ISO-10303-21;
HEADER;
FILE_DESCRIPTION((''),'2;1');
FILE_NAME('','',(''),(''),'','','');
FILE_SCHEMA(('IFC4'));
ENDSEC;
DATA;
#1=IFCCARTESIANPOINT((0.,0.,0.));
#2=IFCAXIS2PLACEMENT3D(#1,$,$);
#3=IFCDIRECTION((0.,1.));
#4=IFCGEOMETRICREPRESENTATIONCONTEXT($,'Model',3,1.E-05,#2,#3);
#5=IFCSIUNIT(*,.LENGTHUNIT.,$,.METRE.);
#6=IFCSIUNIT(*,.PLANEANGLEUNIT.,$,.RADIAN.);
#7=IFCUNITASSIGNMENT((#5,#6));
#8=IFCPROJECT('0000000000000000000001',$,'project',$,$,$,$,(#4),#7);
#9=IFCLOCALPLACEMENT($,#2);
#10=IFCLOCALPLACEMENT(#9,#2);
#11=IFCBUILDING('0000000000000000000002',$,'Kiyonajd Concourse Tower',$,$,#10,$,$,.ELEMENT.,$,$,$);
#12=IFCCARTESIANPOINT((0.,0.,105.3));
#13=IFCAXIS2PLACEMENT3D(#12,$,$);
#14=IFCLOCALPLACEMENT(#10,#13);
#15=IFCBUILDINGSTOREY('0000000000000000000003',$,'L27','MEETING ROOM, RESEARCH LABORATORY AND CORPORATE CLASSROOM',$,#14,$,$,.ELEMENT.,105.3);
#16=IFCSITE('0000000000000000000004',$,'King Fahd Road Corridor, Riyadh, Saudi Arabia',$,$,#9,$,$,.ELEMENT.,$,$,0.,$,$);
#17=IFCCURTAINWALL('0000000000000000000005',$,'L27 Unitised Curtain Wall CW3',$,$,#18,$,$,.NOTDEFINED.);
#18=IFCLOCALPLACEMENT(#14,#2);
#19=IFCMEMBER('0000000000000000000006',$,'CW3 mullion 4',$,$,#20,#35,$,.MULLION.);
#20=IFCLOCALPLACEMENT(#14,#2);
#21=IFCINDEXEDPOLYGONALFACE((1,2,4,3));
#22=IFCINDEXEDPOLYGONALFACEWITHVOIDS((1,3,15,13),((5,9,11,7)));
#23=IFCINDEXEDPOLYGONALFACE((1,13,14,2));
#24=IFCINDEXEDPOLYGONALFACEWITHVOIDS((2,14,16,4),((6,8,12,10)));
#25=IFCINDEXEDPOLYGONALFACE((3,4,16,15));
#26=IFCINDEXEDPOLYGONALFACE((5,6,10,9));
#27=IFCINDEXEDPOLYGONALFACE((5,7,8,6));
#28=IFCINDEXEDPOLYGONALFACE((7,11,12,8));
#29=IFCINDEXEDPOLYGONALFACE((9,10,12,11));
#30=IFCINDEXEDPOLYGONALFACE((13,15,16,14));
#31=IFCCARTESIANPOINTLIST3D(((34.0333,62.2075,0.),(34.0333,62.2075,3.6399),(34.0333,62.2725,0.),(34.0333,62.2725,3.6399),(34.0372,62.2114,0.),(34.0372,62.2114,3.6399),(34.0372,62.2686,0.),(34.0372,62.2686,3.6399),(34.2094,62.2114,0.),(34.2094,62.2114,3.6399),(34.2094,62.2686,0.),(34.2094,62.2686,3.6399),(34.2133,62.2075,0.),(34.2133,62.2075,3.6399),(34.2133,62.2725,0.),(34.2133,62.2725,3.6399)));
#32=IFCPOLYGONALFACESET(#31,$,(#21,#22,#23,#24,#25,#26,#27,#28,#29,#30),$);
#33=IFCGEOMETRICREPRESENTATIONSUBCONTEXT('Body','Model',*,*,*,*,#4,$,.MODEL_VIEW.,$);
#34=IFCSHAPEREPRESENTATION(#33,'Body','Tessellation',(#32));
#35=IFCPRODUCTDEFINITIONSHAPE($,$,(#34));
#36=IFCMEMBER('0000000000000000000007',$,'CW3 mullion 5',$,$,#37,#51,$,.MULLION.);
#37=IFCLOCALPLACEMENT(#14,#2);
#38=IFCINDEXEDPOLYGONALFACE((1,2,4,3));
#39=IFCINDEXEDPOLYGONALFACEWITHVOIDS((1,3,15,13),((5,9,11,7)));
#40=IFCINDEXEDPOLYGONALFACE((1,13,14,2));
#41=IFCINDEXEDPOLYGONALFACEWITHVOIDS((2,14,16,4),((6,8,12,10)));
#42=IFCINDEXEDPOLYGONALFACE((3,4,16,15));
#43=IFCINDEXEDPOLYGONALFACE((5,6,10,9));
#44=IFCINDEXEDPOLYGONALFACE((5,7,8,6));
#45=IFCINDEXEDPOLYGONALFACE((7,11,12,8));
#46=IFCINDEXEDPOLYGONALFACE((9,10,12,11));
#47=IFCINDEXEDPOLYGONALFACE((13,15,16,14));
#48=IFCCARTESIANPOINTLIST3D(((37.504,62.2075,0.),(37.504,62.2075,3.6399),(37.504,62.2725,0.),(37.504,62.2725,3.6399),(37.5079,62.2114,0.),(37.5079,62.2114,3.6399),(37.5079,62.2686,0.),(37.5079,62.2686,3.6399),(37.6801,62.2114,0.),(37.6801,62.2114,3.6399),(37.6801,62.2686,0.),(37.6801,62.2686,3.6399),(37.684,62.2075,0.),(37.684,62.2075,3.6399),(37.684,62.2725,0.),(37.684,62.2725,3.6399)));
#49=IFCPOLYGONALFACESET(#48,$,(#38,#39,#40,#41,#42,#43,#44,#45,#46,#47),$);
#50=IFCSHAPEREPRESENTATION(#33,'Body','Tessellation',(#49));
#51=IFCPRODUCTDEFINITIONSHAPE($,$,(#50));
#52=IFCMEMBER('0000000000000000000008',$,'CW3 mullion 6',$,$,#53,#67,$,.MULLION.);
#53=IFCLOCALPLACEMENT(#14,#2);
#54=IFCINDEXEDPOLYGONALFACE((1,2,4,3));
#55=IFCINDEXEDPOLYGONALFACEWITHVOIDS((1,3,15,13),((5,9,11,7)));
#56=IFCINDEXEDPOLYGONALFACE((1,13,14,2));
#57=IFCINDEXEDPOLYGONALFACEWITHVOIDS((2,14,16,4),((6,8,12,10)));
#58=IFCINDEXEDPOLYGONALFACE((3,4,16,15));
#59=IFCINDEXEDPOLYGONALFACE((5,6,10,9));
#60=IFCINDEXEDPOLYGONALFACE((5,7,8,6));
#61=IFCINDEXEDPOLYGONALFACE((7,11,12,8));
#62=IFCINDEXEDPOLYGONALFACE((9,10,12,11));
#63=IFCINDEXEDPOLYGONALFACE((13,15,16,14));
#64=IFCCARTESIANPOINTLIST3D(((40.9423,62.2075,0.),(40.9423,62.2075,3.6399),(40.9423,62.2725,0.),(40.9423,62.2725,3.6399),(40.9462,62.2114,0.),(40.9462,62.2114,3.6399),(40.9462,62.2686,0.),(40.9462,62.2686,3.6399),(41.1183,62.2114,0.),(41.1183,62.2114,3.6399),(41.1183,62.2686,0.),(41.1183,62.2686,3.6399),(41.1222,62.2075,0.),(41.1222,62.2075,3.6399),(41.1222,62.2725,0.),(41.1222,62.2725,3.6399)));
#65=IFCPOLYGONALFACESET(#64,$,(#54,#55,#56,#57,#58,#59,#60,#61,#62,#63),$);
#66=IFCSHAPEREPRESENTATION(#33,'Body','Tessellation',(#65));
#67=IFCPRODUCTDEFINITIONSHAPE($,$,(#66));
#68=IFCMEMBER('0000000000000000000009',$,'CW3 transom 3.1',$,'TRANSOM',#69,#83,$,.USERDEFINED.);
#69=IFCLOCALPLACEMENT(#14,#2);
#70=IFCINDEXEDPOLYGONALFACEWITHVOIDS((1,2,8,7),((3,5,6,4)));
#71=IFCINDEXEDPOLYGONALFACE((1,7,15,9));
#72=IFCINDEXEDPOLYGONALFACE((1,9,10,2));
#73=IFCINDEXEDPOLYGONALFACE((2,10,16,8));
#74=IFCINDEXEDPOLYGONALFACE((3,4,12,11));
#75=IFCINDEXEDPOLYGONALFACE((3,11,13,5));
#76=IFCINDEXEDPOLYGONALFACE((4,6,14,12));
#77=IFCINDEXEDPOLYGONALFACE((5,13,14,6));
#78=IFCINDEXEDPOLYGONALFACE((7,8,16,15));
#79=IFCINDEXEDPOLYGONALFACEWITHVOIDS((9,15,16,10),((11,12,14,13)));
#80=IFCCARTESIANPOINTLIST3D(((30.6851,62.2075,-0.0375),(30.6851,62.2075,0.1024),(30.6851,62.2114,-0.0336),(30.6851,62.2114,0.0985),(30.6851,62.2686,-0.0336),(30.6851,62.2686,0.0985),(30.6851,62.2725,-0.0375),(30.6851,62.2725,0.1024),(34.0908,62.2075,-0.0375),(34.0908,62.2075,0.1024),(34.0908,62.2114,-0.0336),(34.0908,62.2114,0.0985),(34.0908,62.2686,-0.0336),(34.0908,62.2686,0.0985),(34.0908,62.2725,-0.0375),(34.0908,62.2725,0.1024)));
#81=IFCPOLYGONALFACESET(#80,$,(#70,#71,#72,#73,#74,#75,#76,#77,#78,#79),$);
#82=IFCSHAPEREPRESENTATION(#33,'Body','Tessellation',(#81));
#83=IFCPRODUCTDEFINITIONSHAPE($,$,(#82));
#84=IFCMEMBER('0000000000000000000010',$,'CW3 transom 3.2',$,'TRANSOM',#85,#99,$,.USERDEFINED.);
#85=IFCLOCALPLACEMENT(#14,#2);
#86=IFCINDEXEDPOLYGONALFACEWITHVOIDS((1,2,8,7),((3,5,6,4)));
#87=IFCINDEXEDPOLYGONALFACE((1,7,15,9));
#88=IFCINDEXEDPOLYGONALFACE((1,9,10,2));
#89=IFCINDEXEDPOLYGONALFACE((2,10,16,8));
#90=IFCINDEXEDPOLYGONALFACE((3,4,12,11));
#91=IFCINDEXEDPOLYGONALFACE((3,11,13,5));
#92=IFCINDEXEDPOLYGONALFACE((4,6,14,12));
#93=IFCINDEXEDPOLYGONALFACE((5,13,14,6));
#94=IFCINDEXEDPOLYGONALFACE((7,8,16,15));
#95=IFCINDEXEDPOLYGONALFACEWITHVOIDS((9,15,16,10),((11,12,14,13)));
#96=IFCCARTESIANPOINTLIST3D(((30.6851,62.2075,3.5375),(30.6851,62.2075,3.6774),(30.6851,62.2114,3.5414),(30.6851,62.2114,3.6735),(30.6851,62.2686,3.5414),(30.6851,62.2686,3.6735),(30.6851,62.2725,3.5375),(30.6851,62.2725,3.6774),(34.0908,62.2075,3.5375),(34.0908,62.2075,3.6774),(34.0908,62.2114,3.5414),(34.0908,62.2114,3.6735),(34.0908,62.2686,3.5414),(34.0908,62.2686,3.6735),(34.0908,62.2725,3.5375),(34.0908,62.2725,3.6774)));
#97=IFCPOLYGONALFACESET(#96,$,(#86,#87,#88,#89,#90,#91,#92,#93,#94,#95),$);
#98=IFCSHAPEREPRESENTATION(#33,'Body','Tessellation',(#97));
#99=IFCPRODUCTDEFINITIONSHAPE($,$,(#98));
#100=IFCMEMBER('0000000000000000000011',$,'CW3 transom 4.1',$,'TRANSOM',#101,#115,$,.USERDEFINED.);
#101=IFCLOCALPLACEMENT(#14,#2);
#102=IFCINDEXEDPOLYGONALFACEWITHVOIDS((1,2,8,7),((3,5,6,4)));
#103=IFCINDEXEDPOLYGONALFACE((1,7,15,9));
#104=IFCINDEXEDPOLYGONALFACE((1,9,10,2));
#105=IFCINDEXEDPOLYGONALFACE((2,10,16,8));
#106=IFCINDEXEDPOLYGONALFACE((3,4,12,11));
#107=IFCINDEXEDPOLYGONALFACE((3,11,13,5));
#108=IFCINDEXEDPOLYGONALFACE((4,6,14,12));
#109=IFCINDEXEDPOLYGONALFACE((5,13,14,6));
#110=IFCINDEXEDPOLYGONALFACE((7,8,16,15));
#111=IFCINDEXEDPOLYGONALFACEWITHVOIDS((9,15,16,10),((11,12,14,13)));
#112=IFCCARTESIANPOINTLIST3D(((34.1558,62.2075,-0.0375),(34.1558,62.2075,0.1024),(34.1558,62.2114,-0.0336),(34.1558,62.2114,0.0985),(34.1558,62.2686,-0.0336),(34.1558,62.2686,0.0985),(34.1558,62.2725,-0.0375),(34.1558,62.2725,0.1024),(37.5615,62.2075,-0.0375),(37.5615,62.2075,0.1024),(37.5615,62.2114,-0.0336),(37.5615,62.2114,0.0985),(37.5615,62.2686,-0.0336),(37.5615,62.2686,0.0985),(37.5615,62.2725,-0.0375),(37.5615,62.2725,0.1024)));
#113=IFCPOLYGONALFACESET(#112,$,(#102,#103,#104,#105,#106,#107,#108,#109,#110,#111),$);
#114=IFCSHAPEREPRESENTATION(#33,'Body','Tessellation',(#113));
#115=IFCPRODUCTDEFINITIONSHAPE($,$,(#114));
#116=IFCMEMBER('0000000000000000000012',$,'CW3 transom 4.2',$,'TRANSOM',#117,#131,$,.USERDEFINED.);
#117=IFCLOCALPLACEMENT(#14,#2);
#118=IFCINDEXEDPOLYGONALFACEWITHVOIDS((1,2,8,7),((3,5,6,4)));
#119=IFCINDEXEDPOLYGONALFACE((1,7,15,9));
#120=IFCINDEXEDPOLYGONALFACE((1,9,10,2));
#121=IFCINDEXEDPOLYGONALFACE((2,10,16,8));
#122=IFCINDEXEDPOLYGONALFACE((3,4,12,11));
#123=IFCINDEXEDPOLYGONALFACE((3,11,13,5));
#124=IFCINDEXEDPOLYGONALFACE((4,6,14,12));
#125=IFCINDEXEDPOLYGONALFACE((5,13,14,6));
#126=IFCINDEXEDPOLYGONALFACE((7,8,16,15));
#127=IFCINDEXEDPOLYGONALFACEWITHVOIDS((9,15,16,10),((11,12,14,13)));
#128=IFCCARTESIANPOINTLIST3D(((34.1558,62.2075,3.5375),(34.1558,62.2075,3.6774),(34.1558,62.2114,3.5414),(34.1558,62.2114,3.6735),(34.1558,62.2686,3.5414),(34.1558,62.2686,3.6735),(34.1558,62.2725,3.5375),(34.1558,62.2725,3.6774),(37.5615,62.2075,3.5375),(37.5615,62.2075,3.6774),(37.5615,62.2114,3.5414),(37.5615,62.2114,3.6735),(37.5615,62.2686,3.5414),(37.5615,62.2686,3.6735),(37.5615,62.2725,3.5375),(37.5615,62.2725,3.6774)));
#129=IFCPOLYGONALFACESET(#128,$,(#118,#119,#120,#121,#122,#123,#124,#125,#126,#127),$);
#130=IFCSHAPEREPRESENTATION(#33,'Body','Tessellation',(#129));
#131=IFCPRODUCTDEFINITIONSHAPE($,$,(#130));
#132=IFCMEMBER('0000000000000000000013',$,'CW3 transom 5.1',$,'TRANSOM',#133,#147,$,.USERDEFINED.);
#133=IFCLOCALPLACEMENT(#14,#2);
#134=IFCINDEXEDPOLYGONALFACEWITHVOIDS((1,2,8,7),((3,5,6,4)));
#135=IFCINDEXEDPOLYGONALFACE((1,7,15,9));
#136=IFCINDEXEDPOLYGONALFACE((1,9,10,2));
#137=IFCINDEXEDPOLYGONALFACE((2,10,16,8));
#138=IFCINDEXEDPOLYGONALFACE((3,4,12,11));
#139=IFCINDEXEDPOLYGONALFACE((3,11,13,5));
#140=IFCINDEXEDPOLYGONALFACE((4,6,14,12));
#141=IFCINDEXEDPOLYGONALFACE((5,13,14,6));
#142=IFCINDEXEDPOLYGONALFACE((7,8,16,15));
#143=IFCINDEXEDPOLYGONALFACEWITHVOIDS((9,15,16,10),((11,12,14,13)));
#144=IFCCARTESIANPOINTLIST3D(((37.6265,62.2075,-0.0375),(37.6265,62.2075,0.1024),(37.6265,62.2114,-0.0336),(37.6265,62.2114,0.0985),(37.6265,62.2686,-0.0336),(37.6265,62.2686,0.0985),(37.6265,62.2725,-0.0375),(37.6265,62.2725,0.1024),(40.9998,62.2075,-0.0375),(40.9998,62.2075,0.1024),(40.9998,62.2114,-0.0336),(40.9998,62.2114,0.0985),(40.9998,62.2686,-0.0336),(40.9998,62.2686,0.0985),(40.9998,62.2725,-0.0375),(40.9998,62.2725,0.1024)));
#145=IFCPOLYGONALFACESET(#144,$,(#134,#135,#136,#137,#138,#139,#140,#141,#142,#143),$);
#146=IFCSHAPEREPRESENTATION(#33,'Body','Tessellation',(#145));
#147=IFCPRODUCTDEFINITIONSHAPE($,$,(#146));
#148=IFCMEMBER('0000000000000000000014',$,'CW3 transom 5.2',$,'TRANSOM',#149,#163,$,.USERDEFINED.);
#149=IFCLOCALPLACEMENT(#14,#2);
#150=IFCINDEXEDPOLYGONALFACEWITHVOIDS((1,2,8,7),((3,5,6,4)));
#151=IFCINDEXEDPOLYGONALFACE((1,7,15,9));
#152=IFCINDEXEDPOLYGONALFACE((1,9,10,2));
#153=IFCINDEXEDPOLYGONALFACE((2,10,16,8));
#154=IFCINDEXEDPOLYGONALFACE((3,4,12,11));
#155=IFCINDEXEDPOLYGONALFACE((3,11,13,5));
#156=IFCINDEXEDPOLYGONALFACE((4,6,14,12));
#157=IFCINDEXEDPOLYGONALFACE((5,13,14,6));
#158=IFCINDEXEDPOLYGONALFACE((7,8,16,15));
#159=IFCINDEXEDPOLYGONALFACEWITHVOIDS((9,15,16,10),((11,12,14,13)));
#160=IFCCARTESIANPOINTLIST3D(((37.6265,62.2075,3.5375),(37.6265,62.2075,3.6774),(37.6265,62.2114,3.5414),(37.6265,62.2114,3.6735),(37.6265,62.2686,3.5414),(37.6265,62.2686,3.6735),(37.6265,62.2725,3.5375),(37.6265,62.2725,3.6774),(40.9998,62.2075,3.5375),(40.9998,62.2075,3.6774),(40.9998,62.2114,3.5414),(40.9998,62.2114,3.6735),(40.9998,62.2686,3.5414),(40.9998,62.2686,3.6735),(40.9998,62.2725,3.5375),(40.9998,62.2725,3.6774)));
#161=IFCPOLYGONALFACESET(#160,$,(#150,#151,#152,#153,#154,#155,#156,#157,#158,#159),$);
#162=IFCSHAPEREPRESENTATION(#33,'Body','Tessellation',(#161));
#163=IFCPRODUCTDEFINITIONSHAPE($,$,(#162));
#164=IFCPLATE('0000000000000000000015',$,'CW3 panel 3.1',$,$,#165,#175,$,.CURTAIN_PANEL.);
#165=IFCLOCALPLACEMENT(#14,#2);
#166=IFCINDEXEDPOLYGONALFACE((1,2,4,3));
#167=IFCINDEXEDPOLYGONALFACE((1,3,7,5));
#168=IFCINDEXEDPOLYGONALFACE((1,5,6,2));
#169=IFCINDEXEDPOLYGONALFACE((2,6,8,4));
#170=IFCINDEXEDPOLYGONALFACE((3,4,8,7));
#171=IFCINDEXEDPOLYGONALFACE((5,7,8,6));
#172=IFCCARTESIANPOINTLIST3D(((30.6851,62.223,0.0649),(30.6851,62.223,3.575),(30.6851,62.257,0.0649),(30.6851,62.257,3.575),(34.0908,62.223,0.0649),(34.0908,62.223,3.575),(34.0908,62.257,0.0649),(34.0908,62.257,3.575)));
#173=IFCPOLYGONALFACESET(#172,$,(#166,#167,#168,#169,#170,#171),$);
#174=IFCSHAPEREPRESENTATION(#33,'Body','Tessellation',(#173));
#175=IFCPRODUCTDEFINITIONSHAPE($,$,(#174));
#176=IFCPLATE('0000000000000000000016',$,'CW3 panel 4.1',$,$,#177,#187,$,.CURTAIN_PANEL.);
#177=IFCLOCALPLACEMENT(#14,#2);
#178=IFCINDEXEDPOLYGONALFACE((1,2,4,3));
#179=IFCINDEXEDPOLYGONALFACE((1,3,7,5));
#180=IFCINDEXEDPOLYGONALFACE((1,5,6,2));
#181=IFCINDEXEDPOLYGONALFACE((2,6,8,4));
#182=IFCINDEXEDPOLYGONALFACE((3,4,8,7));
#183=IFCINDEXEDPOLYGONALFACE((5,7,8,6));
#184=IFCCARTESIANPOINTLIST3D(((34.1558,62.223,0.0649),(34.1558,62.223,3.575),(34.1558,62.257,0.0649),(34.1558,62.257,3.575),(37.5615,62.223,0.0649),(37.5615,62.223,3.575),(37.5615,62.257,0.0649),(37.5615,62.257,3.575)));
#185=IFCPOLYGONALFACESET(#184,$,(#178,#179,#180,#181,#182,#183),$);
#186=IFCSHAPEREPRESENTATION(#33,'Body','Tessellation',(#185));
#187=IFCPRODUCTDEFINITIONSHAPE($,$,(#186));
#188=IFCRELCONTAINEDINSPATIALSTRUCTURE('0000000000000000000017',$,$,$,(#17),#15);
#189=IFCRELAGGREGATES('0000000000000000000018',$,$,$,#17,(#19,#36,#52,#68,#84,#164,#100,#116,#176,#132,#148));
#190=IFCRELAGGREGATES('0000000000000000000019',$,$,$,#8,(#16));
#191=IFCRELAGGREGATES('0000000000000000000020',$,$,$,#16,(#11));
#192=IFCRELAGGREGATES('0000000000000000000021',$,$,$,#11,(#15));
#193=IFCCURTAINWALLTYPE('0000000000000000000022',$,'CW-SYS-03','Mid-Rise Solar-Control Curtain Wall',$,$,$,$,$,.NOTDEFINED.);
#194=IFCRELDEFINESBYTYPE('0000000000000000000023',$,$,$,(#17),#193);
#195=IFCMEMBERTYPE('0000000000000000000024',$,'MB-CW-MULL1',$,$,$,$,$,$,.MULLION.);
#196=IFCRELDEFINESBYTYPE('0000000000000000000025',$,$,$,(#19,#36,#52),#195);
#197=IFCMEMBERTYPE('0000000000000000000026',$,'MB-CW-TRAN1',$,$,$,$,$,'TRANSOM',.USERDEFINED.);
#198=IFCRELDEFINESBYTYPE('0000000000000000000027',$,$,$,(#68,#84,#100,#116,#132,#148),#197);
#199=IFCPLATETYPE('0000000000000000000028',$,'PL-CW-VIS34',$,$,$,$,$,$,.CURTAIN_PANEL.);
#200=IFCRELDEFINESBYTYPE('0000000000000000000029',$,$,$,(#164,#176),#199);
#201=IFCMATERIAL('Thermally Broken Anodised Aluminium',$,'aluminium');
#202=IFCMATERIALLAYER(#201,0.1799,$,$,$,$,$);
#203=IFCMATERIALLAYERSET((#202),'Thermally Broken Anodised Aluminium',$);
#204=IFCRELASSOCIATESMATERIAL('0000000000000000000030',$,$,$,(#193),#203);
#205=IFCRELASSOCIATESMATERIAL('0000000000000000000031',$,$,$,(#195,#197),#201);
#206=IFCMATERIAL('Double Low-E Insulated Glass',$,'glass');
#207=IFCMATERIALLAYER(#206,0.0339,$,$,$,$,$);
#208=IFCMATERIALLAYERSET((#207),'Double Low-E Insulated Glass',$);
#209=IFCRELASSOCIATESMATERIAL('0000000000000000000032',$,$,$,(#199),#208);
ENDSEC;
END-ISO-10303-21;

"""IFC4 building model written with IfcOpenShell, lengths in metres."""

from ifc_helpers import new_model, si_unit, direction, frame, origin, origin_2d, place, context, subcontext, project, spatial, rectangle, hollow_rectangle, extrude, material, layer, layer_set, material_profile, profile_set, type_object, element, aggregate, save


model = new_model("IFC4")

# Units and contexts
model_context = context("Model", 3, precision=1e-05, world=origin(), true_north=direction((0.0, 1.0)))
body_context = subcontext(model_context, "Body", "Model", "MODEL_VIEW")
ifc_project = project(units=[si_unit("LENGTHUNIT", "METRE"), si_unit("PLANEANGLEUNIT", "RADIAN")], contexts=[model_context])

# Site, building, storey
site_placement = place(None, origin())
site = spatial("IfcSite", under=ifc_project, at=site_placement, Name="King Fahd Road Corridor, Riyadh, Saudi Arabia", CompositionType="ELEMENT", RefElevation=0.0)
building_placement = place(site_placement, origin())
building = spatial("IfcBuilding", under=site, at=building_placement, Name="Kiyonajd Concourse Tower", CompositionType="ELEMENT")
storey_placement = place(building_placement, frame((0.0, 0.0, 105.3)))
storey = spatial("IfcBuildingStorey", under=building, at=storey_placement, Name="L27", Description="MEETING ROOM, RESEARCH LABORATORY AND CORPORATE CLASSROOM", CompositionType="ELEMENT", Elevation=105.3)

# Curtain wall, members, plates
ifc_material_1 = material(Name="Thermally Broken Anodised Aluminium", Category="aluminium")
ifc_layer_1 = layer(ifc_material_1, 0.1799)
ifc_layer_set_1 = layer_set([ifc_layer_1], Name="Thermally Broken Anodised Aluminium")
curtain_wall_type = type_object("IfcCurtainWallType", Name="CW-SYS-03", Description="Mid-Rise Solar-Control Curtain Wall", PredefinedType="NOTDEFINED", material=ifc_layer_set_1)
curtain_wall_placement = place(storey_placement, origin())
curtain_wall = element("IfcCurtainWall", 1, at=curtain_wall_placement, inside=storey, type_object=curtain_wall_type, Name="L27 Unitised Curtain Wall CW3", PredefinedType="NOTDEFINED")
ifc_material_profile_1 = material_profile(ifc_material_1, hollow_rectangle(XDim=0.0649, YDim=0.1799, WallThickness=0.0039, at=origin_2d()), Name="MULL-65x180")
ifc_profile_set_1 = profile_set([ifc_material_profile_1], Name="Thermally Broken Anodised Aluminium")
member_type_1 = type_object("IfcMemberType", Name="MB-CW-MULL1", PredefinedType="MULLION", material=ifc_profile_set_1)
member_1_placement = place(storey_placement, frame((34.1233, 62.24, 0.0), z_axis=(0.0, 0.0, 1.0), x_axis=(0.0, 1.0, 0.0)))
member_1 = element("IfcMember", 2, at=member_1_placement, type_object=member_type_1, Name="CW3 mullion 4", PredefinedType="MULLION", context=body_context, shape_type="SweptSolid", body=[
    extrude(hollow_rectangle(XDim=0.0649, YDim=0.1799, WallThickness=0.0039, at=origin_2d()), origin(), (0.0, 0.0, 1.0), 3.6399),
])
member_2_placement = place(storey_placement, frame((37.594, 62.24, 0.0), z_axis=(0.0, 0.0, 1.0), x_axis=(0.0, 1.0, 0.0)))
member_2 = element("IfcMember", 3, at=member_2_placement, type_object=member_type_1, Name="CW3 mullion 5", PredefinedType="MULLION", context=body_context, shape_type="SweptSolid", body=[
    extrude(hollow_rectangle(XDim=0.0649, YDim=0.1799, WallThickness=0.0039, at=origin_2d()), origin(), (0.0, 0.0, 1.0), 3.6399),
])
member_3_placement = place(storey_placement, frame((41.0322, 62.24, 0.0), z_axis=(0.0, 0.0, 1.0), x_axis=(0.0, 1.0, 0.0)))
member_3 = element("IfcMember", 4, at=member_3_placement, type_object=member_type_1, Name="CW3 mullion 6", PredefinedType="MULLION", context=body_context, shape_type="SweptSolid", body=[
    extrude(hollow_rectangle(XDim=0.0649, YDim=0.1799, WallThickness=0.0039, at=origin_2d()), origin(), (0.0, 0.0, 1.0), 3.6399),
])
ifc_material_profile_2 = material_profile(ifc_material_1, hollow_rectangle(XDim=0.0649, YDim=0.1399, WallThickness=0.0039, at=origin_2d()), Name="TRAN-65x140")
ifc_profile_set_2 = profile_set([ifc_material_profile_2], Name="Thermally Broken Anodised Aluminium")
member_type_2 = type_object("IfcMemberType", Name="MB-CW-TRAN1", ElementType="TRANSOM", PredefinedType="USERDEFINED", material=ifc_profile_set_2)
member_4_placement = place(storey_placement, frame((30.6851, 62.24, 0.0325), z_axis=(1.0, 0.0, 0.0), x_axis=(0.0, 1.0, 0.0)))
member_4 = element("IfcMember", 5, at=member_4_placement, type_object=member_type_2, Name="CW3 transom 3.1", ObjectType="TRANSOM", PredefinedType="USERDEFINED", context=body_context, shape_type="SweptSolid", body=[
    extrude(hollow_rectangle(XDim=0.0649, YDim=0.1399, WallThickness=0.0039, at=origin_2d()), origin(), (0.0, 0.0, 1.0), 3.4058),
])
member_5_placement = place(storey_placement, frame((30.6851, 62.24, 3.6074), z_axis=(1.0, 0.0, 0.0), x_axis=(0.0, 1.0, 0.0)))
member_5 = element("IfcMember", 6, at=member_5_placement, type_object=member_type_2, Name="CW3 transom 3.2", ObjectType="TRANSOM", PredefinedType="USERDEFINED", context=body_context, shape_type="SweptSolid", body=[
    extrude(hollow_rectangle(XDim=0.0649, YDim=0.1399, WallThickness=0.0039, at=origin_2d()), origin(), (0.0, 0.0, 1.0), 3.4058),
])
member_6_placement = place(storey_placement, frame((34.1558, 62.24, 0.0325), z_axis=(1.0, 0.0, 0.0), x_axis=(0.0, 1.0, 0.0)))
member_6 = element("IfcMember", 7, at=member_6_placement, type_object=member_type_2, Name="CW3 transom 4.1", ObjectType="TRANSOM", PredefinedType="USERDEFINED", context=body_context, shape_type="SweptSolid", body=[
    extrude(hollow_rectangle(XDim=0.0649, YDim=0.1399, WallThickness=0.0039, at=origin_2d()), origin(), (0.0, 0.0, 1.0), 3.4058),
])
member_7_placement = place(storey_placement, frame((34.1558, 62.24, 3.6074), z_axis=(1.0, 0.0, 0.0), x_axis=(0.0, 1.0, 0.0)))
member_7 = element("IfcMember", 8, at=member_7_placement, type_object=member_type_2, Name="CW3 transom 4.2", ObjectType="TRANSOM", PredefinedType="USERDEFINED", context=body_context, shape_type="SweptSolid", body=[
    extrude(hollow_rectangle(XDim=0.0649, YDim=0.1399, WallThickness=0.0039, at=origin_2d()), origin(), (0.0, 0.0, 1.0), 3.4058),
])
member_8_placement = place(storey_placement, frame((37.6265, 62.24, 0.0325), z_axis=(1.0, 0.0, 0.0), x_axis=(0.0, 1.0, 0.0)))
member_8 = element("IfcMember", 9, at=member_8_placement, type_object=member_type_2, Name="CW3 transom 5.1", ObjectType="TRANSOM", PredefinedType="USERDEFINED", context=body_context, shape_type="SweptSolid", body=[
    extrude(hollow_rectangle(XDim=0.0649, YDim=0.1399, WallThickness=0.0039, at=origin_2d()), origin(), (0.0, 0.0, 1.0), 3.3733),
])
member_9_placement = place(storey_placement, frame((37.6265, 62.24, 3.6074), z_axis=(1.0, 0.0, 0.0), x_axis=(0.0, 1.0, 0.0)))
member_9 = element("IfcMember", 10, at=member_9_placement, type_object=member_type_2, Name="CW3 transom 5.2", ObjectType="TRANSOM", PredefinedType="USERDEFINED", context=body_context, shape_type="SweptSolid", body=[
    extrude(hollow_rectangle(XDim=0.0649, YDim=0.1399, WallThickness=0.0039, at=origin_2d()), origin(), (0.0, 0.0, 1.0), 3.3733),
])
ifc_material_2 = material(Name="Double Low-E Insulated Glass", Category="glass")
ifc_layer_2 = layer(ifc_material_2, 0.0339)
ifc_layer_set_2 = layer_set([ifc_layer_2], Name="Double Low-E Insulated Glass")
plate_type_1 = type_object("IfcPlateType", Name="PL-CW-VIS34", PredefinedType="CURTAIN_PANEL", material=ifc_layer_set_2)
plate_1_placement = place(storey_placement, frame((32.3879, 62.24, 0.0649), z_axis=(0.0, 0.0, 1.0), x_axis=(1.0, 0.0, 0.0)))
plate_1 = element("IfcPlate", 11, at=plate_1_placement, type_object=plate_type_1, Name="CW3 panel 3.1", PredefinedType="CURTAIN_PANEL", context=body_context, shape_type="SweptSolid", body=[
    extrude(rectangle(XDim=3.4058, YDim=0.0339, at=origin_2d()), origin(), (0.0, 0.0, 1.0), 3.51),
])
plate_2_placement = place(storey_placement, frame((35.8586, 62.24, 0.0649), z_axis=(0.0, 0.0, 1.0), x_axis=(1.0, 0.0, 0.0)))
plate_2 = element("IfcPlate", 12, at=plate_2_placement, type_object=plate_type_1, Name="CW3 panel 4.1", PredefinedType="CURTAIN_PANEL", context=body_context, shape_type="SweptSolid", body=[
    extrude(rectangle(XDim=3.4058, YDim=0.0339, at=origin_2d()), origin(), (0.0, 0.0, 1.0), 3.51),
])
aggregate(curtain_wall, [member_1, member_2, member_3, member_4, member_5, plate_1, member_6, member_7, plate_2, member_8, member_9])

save(model, "model.ifc")
